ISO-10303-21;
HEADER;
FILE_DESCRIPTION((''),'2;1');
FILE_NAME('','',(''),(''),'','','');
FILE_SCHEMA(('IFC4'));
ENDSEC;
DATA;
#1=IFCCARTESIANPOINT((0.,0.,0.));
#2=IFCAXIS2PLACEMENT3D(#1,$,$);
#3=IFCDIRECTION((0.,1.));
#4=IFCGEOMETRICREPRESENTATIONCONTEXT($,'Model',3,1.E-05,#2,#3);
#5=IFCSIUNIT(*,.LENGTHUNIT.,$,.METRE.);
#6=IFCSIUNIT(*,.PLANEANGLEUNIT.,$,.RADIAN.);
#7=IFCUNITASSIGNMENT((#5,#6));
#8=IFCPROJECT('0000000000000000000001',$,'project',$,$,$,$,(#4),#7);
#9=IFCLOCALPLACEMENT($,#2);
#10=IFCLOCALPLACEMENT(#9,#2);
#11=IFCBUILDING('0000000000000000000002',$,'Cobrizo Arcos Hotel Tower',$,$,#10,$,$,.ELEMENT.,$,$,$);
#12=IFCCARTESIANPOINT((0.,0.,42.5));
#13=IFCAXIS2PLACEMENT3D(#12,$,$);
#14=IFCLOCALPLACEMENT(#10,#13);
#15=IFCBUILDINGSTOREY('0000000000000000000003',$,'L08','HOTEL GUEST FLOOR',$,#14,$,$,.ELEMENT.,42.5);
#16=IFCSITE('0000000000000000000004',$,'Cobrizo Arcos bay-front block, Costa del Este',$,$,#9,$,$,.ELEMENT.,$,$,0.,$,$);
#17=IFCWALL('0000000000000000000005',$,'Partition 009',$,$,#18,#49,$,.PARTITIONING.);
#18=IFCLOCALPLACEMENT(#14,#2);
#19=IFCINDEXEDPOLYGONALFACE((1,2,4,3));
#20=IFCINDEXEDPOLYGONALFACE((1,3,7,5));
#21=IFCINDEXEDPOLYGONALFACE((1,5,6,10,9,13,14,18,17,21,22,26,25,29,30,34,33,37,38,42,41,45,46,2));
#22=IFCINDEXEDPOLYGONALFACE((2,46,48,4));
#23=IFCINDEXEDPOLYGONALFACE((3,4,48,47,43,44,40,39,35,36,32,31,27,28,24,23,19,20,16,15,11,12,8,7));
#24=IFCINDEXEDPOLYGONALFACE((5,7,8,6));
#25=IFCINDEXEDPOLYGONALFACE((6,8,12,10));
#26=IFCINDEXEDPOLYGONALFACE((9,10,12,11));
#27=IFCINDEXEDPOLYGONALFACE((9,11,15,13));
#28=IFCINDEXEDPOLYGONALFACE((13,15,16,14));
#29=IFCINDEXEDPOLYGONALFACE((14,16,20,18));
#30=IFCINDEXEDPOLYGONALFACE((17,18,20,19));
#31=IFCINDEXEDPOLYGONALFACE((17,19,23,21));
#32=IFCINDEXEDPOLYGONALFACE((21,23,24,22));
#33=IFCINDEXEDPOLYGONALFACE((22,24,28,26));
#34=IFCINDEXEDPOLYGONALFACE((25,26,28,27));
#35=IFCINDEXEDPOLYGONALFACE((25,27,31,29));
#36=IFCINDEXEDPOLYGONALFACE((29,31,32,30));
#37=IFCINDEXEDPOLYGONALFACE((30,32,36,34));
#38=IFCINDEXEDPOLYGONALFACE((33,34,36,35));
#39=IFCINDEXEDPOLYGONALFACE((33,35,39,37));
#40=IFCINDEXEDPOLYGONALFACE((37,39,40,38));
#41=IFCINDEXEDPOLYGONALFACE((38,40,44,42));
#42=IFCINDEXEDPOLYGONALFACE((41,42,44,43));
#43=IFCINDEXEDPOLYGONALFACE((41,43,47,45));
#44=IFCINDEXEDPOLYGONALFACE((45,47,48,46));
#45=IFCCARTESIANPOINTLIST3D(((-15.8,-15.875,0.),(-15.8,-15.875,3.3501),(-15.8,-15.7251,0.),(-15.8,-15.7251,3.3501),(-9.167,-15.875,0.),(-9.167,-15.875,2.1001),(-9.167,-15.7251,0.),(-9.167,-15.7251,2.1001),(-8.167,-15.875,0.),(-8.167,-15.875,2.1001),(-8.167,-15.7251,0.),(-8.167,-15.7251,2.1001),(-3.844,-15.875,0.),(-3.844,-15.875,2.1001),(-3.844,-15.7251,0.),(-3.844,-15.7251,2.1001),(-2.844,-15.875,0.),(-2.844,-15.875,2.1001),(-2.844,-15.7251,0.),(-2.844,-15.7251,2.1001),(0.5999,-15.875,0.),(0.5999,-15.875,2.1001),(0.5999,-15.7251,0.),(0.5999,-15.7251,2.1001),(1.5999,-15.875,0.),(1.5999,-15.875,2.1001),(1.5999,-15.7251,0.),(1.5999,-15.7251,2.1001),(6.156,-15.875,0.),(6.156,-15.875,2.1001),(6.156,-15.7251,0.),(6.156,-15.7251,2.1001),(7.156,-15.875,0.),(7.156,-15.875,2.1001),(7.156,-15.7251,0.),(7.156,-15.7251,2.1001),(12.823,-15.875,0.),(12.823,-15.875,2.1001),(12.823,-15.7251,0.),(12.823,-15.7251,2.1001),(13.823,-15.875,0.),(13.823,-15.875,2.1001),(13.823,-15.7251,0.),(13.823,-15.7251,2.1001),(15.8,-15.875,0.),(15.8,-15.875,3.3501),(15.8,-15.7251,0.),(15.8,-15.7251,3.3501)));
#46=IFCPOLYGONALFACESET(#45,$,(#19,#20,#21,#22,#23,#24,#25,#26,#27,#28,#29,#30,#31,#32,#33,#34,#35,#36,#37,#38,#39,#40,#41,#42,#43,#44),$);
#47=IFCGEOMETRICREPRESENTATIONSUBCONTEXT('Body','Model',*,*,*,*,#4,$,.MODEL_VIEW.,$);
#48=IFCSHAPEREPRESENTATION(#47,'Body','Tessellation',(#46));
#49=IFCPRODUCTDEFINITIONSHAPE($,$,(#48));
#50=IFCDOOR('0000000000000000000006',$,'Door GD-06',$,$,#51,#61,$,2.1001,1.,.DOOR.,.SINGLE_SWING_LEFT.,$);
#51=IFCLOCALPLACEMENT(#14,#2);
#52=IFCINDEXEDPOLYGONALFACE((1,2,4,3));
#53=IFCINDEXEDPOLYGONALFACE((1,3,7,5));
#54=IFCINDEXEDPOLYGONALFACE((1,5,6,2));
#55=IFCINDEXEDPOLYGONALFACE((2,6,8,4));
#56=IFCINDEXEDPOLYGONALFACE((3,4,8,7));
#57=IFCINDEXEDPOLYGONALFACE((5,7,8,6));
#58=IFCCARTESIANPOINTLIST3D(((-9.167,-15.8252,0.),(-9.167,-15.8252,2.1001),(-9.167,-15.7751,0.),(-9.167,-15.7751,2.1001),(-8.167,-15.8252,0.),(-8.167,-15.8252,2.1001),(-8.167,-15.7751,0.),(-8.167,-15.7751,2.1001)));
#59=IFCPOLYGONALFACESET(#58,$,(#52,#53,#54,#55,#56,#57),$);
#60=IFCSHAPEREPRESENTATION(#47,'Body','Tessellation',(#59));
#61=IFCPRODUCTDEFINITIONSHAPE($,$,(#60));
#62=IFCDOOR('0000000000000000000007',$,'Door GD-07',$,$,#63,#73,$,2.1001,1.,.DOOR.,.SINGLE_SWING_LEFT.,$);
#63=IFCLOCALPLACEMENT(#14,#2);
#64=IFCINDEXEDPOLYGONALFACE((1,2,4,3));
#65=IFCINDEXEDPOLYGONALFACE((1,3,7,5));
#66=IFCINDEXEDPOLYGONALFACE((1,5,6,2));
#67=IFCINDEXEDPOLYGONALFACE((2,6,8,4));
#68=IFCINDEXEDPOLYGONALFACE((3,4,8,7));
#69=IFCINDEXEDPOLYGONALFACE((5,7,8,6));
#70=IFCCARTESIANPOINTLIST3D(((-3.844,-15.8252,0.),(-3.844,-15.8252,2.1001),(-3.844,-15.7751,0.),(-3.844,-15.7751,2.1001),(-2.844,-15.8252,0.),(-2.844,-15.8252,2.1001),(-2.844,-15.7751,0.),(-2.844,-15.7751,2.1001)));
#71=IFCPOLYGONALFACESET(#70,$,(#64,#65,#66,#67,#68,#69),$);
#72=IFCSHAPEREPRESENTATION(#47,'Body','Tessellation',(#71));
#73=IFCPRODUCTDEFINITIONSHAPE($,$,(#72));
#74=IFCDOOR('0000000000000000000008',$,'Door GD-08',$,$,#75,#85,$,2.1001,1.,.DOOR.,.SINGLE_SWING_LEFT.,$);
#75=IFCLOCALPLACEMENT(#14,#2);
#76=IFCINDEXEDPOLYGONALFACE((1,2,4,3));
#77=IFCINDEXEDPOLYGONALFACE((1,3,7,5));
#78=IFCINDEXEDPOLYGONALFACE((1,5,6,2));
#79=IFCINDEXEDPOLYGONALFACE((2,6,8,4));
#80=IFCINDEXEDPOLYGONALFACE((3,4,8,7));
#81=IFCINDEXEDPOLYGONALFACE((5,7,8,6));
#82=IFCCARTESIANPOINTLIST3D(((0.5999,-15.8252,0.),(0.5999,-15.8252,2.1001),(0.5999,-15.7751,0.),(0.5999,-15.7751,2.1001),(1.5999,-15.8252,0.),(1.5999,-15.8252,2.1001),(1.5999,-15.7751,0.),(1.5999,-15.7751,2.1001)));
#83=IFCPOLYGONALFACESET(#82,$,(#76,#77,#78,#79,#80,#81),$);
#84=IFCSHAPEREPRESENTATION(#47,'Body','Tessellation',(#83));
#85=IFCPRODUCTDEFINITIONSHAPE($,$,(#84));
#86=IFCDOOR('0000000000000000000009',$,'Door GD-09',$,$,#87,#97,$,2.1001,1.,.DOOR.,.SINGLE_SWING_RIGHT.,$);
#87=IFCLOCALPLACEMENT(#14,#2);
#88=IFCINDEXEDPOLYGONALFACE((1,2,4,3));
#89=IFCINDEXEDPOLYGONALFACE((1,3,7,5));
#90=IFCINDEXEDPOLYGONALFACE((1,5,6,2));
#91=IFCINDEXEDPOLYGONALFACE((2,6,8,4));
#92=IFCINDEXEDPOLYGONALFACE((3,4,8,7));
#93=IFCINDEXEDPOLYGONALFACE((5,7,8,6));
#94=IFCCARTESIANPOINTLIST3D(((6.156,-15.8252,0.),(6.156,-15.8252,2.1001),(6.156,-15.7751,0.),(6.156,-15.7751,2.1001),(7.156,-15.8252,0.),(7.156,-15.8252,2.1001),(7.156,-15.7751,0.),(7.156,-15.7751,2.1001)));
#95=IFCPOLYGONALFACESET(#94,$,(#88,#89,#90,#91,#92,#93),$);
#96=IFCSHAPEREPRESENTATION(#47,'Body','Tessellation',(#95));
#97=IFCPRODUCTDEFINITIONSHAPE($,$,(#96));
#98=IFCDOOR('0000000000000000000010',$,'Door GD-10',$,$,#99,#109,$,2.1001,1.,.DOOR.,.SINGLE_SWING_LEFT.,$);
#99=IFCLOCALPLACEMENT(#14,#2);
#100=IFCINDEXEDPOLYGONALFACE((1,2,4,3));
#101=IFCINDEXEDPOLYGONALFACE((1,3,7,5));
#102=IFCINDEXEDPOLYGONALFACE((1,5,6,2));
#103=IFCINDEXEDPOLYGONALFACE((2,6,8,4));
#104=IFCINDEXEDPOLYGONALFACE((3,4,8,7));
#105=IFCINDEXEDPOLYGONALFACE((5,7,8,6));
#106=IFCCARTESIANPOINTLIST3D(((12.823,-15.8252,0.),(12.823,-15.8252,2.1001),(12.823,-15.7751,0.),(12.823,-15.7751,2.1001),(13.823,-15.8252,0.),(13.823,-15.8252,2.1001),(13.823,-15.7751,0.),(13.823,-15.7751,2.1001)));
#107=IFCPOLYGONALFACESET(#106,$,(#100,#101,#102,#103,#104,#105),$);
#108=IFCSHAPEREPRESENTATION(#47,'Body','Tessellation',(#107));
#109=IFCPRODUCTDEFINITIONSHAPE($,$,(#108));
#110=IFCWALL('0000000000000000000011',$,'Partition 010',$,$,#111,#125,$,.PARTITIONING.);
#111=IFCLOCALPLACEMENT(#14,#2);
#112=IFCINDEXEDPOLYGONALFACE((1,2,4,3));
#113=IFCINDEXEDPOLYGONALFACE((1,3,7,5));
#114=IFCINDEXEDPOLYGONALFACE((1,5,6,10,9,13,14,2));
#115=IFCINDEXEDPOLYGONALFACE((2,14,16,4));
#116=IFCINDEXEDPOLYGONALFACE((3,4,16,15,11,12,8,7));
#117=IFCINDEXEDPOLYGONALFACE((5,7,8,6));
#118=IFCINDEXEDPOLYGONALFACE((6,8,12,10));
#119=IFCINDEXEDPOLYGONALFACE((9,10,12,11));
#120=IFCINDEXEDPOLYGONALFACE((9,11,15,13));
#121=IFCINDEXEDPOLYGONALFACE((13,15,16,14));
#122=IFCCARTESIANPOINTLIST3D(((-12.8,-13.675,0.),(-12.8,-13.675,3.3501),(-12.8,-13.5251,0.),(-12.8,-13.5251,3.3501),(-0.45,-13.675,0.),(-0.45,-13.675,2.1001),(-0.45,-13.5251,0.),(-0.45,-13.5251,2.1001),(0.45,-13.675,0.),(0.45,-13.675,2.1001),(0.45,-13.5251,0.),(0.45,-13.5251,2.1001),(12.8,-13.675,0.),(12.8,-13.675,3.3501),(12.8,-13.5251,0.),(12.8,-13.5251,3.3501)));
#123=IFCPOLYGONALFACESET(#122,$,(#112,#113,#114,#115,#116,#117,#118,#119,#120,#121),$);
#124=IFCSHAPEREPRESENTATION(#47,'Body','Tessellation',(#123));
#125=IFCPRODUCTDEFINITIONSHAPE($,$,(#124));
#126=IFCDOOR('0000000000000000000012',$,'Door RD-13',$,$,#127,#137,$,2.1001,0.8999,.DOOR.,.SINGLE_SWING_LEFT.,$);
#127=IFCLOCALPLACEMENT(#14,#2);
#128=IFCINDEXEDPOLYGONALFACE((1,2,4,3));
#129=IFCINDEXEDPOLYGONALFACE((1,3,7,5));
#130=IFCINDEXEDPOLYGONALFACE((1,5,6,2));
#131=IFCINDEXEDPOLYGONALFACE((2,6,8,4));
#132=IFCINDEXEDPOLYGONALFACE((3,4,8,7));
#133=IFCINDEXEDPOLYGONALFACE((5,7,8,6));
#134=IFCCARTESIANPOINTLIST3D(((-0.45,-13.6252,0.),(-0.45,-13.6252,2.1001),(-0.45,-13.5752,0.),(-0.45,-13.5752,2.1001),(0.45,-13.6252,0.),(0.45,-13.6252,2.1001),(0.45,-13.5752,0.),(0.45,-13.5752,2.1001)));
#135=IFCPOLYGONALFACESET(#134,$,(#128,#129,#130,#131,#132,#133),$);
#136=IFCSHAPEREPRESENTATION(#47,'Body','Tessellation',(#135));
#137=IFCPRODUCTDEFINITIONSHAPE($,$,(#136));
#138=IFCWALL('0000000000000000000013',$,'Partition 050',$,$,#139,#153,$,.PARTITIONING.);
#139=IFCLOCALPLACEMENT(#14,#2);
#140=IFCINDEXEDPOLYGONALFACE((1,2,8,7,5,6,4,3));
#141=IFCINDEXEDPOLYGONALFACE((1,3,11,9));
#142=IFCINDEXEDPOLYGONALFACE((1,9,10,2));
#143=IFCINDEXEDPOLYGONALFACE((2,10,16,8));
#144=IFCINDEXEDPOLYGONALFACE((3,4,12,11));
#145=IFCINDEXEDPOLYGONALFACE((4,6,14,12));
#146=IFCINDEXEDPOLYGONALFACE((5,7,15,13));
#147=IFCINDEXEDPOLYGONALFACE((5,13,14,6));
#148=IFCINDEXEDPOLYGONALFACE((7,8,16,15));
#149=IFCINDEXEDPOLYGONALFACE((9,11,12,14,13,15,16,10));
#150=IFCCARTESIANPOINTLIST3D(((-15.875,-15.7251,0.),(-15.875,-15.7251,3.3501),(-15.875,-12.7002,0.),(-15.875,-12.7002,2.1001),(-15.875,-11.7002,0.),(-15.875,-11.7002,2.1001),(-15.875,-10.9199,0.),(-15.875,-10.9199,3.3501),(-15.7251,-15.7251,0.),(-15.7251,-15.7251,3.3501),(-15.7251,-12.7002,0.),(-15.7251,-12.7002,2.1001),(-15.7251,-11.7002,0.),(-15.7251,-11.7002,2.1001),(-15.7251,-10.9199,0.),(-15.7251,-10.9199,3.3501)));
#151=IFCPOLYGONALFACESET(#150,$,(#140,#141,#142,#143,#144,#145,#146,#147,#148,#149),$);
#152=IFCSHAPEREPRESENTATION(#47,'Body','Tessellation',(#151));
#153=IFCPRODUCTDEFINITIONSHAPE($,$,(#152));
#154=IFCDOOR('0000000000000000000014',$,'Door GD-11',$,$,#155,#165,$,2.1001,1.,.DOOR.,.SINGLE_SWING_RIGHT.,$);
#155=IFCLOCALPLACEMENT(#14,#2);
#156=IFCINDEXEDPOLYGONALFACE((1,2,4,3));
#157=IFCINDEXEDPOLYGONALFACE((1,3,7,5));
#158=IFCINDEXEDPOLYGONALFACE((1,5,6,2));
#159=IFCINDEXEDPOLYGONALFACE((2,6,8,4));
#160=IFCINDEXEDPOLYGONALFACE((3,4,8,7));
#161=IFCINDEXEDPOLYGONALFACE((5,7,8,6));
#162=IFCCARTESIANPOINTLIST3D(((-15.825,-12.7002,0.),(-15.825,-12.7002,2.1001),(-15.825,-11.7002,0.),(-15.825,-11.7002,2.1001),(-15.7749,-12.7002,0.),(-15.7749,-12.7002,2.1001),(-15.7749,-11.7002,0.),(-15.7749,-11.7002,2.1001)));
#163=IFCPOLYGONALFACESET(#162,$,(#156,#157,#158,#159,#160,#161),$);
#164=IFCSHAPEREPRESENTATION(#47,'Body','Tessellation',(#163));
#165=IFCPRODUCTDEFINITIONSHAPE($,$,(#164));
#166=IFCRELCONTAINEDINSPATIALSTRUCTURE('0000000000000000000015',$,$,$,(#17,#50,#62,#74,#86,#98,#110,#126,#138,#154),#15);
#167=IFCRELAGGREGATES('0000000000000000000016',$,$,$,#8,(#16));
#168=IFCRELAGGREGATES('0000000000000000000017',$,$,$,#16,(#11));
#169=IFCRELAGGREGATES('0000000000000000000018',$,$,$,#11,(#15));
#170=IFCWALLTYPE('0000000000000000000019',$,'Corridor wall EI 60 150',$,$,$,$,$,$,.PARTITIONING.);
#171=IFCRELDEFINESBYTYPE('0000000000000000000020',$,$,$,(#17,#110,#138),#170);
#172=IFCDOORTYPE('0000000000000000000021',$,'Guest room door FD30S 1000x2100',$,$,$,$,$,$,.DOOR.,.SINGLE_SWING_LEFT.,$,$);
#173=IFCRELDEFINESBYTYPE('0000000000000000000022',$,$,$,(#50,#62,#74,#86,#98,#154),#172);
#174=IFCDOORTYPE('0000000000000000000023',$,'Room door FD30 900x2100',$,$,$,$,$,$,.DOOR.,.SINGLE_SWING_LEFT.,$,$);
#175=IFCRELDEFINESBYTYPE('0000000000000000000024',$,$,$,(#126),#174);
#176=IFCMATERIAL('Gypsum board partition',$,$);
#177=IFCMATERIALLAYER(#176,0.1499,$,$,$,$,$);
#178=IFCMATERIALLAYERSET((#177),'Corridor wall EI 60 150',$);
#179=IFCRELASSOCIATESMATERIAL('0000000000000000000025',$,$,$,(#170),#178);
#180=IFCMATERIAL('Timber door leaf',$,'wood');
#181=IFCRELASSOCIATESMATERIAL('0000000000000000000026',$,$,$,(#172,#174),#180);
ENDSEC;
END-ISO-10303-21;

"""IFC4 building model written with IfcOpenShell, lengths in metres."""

from ifc_helpers import new_model, si_unit, direction, frame, frame_2d, origin, place, context, subcontext, project, spatial, rectangle, extrude, material, layer, layer_set, type_object, element, fill, save


model = new_model("IFC4")

# Units and contexts
model_context = context("Model", 3, precision=1e-05, world=origin(), true_north=direction((0.0, 1.0)))
body_context = subcontext(model_context, "Body", "Model", "MODEL_VIEW")
ifc_project = project(units=[si_unit("LENGTHUNIT", "METRE"), si_unit("PLANEANGLEUNIT", "RADIAN")], contexts=[model_context])

# Site, building, storey
site_placement = place(None, origin())
site = spatial("IfcSite", under=ifc_project, at=site_placement, Name="Cobrizo Arcos bay-front block, Costa del Este", CompositionType="ELEMENT", RefElevation=0.0)
building_placement = place(site_placement, origin())
building = spatial("IfcBuilding", under=site, at=building_placement, Name="Cobrizo Arcos Hotel Tower", CompositionType="ELEMENT")
storey_placement = place(building_placement, frame((0.0, 0.0, 42.5)))
storey = spatial("IfcBuildingStorey", under=building, at=storey_placement, Name="L08", Description="HOTEL GUEST FLOOR", CompositionType="ELEMENT", Elevation=42.5)

# Wall, openings, doors
ifc_material_1 = material(Name="Gypsum board partition")
ifc_layer_1 = layer(ifc_material_1, 0.1499)
ifc_layer_set_1 = layer_set([ifc_layer_1], Name="Corridor wall EI 60 150")
wall_type_1 = type_object("IfcWallType", Name="Corridor wall EI 60 150", PredefinedType="PARTITIONING", material=ifc_layer_set_1)
wall_1_placement = place(storey_placement, frame((-15.8, -15.8, 0.0), z_axis=(0.0, 0.0, 1.0), x_axis=(1.0, 0.0, 0.0)))
wall_1 = element("IfcWall", 1, at=wall_1_placement, inside=storey, type_object=wall_type_1, Name="Partition 009", PredefinedType="PARTITIONING", context=body_context, shape_type="SweptSolid", body=[
    extrude(rectangle(XDim=31.6001, YDim=0.1499, at=frame_2d((15.8, 0.0))), origin(), (0.0, 0.0, 1.0), 3.3501),
])
opening_1_placement = place(wall_1_placement, frame((6.6331, 0.0, 0.0)))
opening_1 = element("IfcOpeningElement", 2, at=opening_1_placement, cuts=wall_1, PredefinedType="OPENING", context=body_context, shape_type="SweptSolid", body=[
    extrude(rectangle(XDim=1.0, YDim=2.1001, at=frame_2d((0.5, 1.05))), frame((0.0, 0.0869, 0.0), z_axis=(0.0, -1.0, 0.0), x_axis=(1.0, 0.0, 0.0)), (0.0, 0.0, 1.0), 0.1738),
])
opening_2_placement = place(wall_1_placement, frame((11.9561, 0.0, 0.0)))
opening_2 = element("IfcOpeningElement", 3, at=opening_2_placement, cuts=wall_1, PredefinedType="OPENING", context=body_context, shape_type="SweptSolid", body=[
    extrude(rectangle(XDim=1.0, YDim=2.1001, at=frame_2d((0.5, 1.05))), frame((0.0, 0.0869, 0.0), z_axis=(0.0, -1.0, 0.0), x_axis=(1.0, 0.0, 0.0)), (0.0, 0.0, 1.0), 0.1738),
])
opening_3_placement = place(wall_1_placement, frame((16.3999, 0.0, 0.0)))
opening_3 = element("IfcOpeningElement", 4, at=opening_3_placement, cuts=wall_1, PredefinedType="OPENING", context=body_context, shape_type="SweptSolid", body=[
    extrude(rectangle(XDim=1.0, YDim=2.1001, at=frame_2d((0.5, 1.05))), frame((0.0, 0.0869, 0.0), z_axis=(0.0, -1.0, 0.0), x_axis=(1.0, 0.0, 0.0)), (0.0, 0.0, 1.0), 0.1738),
])
opening_4_placement = place(wall_1_placement, frame((21.9561, 0.0, 0.0)))
opening_4 = element("IfcOpeningElement", 5, at=opening_4_placement, cuts=wall_1, PredefinedType="OPENING", context=body_context, shape_type="SweptSolid", body=[
    extrude(rectangle(XDim=1.0, YDim=2.1001, at=frame_2d((0.5, 1.05))), frame((0.0, 0.0869, 0.0), z_axis=(0.0, -1.0, 0.0), x_axis=(1.0, 0.0, 0.0)), (0.0, 0.0, 1.0), 0.1738),
])
opening_5_placement = place(wall_1_placement, frame((28.623, 0.0, 0.0)))
opening_5 = element("IfcOpeningElement", 6, at=opening_5_placement, cuts=wall_1, PredefinedType="OPENING", context=body_context, shape_type="SweptSolid", body=[
    extrude(rectangle(XDim=1.0, YDim=2.1001, at=frame_2d((0.5, 1.05))), frame((0.0, 0.0869, 0.0), z_axis=(0.0, -1.0, 0.0), x_axis=(1.0, 0.0, 0.0)), (0.0, 0.0, 1.0), 0.1738),
])
ifc_material_2 = material(Name="Timber door leaf", Category="wood")
door_type_1 = type_object("IfcDoorType", Name="Guest room door FD30S 1000x2100", OperationType="SINGLE_SWING_LEFT", PredefinedType="DOOR", material=ifc_material_2)
door_1_placement = place(opening_1_placement, origin())
door_1 = element("IfcDoor", 7, at=door_1_placement, inside=storey, type_object=door_type_1, Name="Door GD-06", OperationType="SINGLE_SWING_LEFT", OverallHeight=2.1001, OverallWidth=1.0, PredefinedType="DOOR", context=body_context, shape_type="SweptSolid", body=[
    extrude(rectangle(XDim=1.0, YDim=2.1001, at=frame_2d((0.5, 1.05))), frame((0.0, 0.0249, 0.0), z_axis=(0.0, -1.0, 0.0), x_axis=(1.0, 0.0, 0.0)), (0.0, 0.0, 1.0), 0.05),
])
fill(opening_1, door_1)
door_2_placement = place(opening_2_placement, origin())
door_2 = element("IfcDoor", 8, at=door_2_placement, inside=storey, type_object=door_type_1, Name="Door GD-07", OperationType="SINGLE_SWING_LEFT", OverallHeight=2.1001, OverallWidth=1.0, PredefinedType="DOOR", context=body_context, shape_type="SweptSolid", body=[
    extrude(rectangle(XDim=1.0, YDim=2.1001, at=frame_2d((0.5, 1.05))), frame((0.0, 0.0249, 0.0), z_axis=(0.0, -1.0, 0.0), x_axis=(1.0, 0.0, 0.0)), (0.0, 0.0, 1.0), 0.05),
])
fill(opening_2, door_2)
door_3_placement = place(opening_3_placement, origin())
door_3 = element("IfcDoor", 9, at=door_3_placement, inside=storey, type_object=door_type_1, Name="Door GD-08", OperationType="SINGLE_SWING_LEFT", OverallHeight=2.1001, OverallWidth=1.0, PredefinedType="DOOR", context=body_context, shape_type="SweptSolid", body=[
    extrude(rectangle(XDim=1.0, YDim=2.1001, at=frame_2d((0.5, 1.05))), frame((0.0, 0.0249, 0.0), z_axis=(0.0, -1.0, 0.0), x_axis=(1.0, 0.0, 0.0)), (0.0, 0.0, 1.0), 0.05),
])
fill(opening_3, door_3)
door_4_placement = place(opening_4_placement, origin())
door_4 = element("IfcDoor", 10, at=door_4_placement, inside=storey, type_object=door_type_1, Name="Door GD-09", OperationType="SINGLE_SWING_RIGHT", OverallHeight=2.1001, OverallWidth=1.0, PredefinedType="DOOR", context=body_context, shape_type="SweptSolid", body=[
    extrude(rectangle(XDim=1.0, YDim=2.1001, at=frame_2d((0.5, 1.05))), frame((0.0, 0.0249, 0.0), z_axis=(0.0, -1.0, 0.0), x_axis=(1.0, 0.0, 0.0)), (0.0, 0.0, 1.0), 0.05),
])
fill(opening_4, door_4)
door_5_placement = place(opening_5_placement, origin())
door_5 = element("IfcDoor", 11, at=door_5_placement, inside=storey, type_object=door_type_1, Name="Door GD-10", OperationType="SINGLE_SWING_LEFT", OverallHeight=2.1001, OverallWidth=1.0, PredefinedType="DOOR", context=body_context, shape_type="SweptSolid", body=[
    extrude(rectangle(XDim=1.0, YDim=2.1001, at=frame_2d((0.5, 1.05))), frame((0.0, 0.0249, 0.0), z_axis=(0.0, -1.0, 0.0), x_axis=(1.0, 0.0, 0.0)), (0.0, 0.0, 1.0), 0.05),
])
fill(opening_5, door_5)

# Walls, openings, doors
wall_2_placement = place(storey_placement, frame((-12.8, -13.6001, 0.0), z_axis=(0.0, 0.0, 1.0), x_axis=(1.0, 0.0, 0.0)))
wall_2 = element("IfcWall", 12, at=wall_2_placement, inside=storey, type_object=wall_type_1, Name="Partition 010", PredefinedType="PARTITIONING", context=body_context, shape_type="SweptSolid", body=[
    extrude(rectangle(XDim=25.6001, YDim=0.1499, at=frame_2d((12.8, 0.0))), origin(), (0.0, 0.0, 1.0), 3.3501),
])
opening_6_placement = place(wall_2_placement, frame((12.3501, 0.0, 0.0)))
opening_6 = element("IfcOpeningElement", 13, at=opening_6_placement, cuts=wall_2, PredefinedType="OPENING", context=body_context, shape_type="SweptSolid", body=[
    extrude(rectangle(XDim=0.8999, YDim=2.1001, at=frame_2d((0.45, 1.05))), frame((0.0, 0.0869, 0.0), z_axis=(0.0, -1.0, 0.0), x_axis=(1.0, 0.0, 0.0)), (0.0, 0.0, 1.0), 0.1738),
])
door_type_2 = type_object("IfcDoorType", Name="Room door FD30 900x2100", OperationType="SINGLE_SWING_LEFT", PredefinedType="DOOR", material=ifc_material_2)
door_6_placement = place(opening_6_placement, origin())
door_6 = element("IfcDoor", 14, at=door_6_placement, inside=storey, type_object=door_type_2, Name="Door RD-13", OperationType="SINGLE_SWING_LEFT", OverallHeight=2.1001, OverallWidth=0.8999, PredefinedType="DOOR", context=body_context, shape_type="SweptSolid", body=[
    extrude(rectangle(XDim=0.8999, YDim=2.1001, at=frame_2d((0.45, 1.05))), frame((0.0, 0.0249, 0.0), z_axis=(0.0, -1.0, 0.0), x_axis=(1.0, 0.0, 0.0)), (0.0, 0.0, 1.0), 0.05),
])
fill(opening_6, door_6)
wall_3_placement = place(storey_placement, frame((-15.8, -15.7251, 0.0), z_axis=(0.0, 0.0, 1.0), x_axis=(0.0, 1.0, 0.0)))
wall_3 = element("IfcWall", 15, at=wall_3_placement, inside=storey, type_object=wall_type_1, Name="Partition 050", PredefinedType="PARTITIONING", context=body_context, shape_type="SweptSolid", body=[
    extrude(rectangle(XDim=4.8052, YDim=0.1499, at=frame_2d((2.4026, 0.0))), origin(), (0.0, 0.0, 1.0), 3.3501),
])
opening_7_placement = place(wall_3_placement, frame((3.0249, 0.0, 0.0)))
opening_7 = element("IfcOpeningElement", 16, at=opening_7_placement, cuts=wall_3, PredefinedType="OPENING", context=body_context, shape_type="SweptSolid", body=[
    extrude(rectangle(XDim=1.0, YDim=2.1001, at=frame_2d((0.5, 1.05))), frame((0.0, 0.0869, 0.0), z_axis=(0.0, -1.0, 0.0), x_axis=(1.0, 0.0, 0.0)), (0.0, 0.0, 1.0), 0.1738),
])
door_7_placement = place(opening_7_placement, origin())
door_7 = element("IfcDoor", 17, at=door_7_placement, inside=storey, type_object=door_type_1, Name="Door GD-11", OperationType="SINGLE_SWING_RIGHT", OverallHeight=2.1001, OverallWidth=1.0, PredefinedType="DOOR", context=body_context, shape_type="SweptSolid", body=[
    extrude(rectangle(XDim=1.0, YDim=2.1001, at=frame_2d((0.5, 1.05))), frame((0.0, 0.0249, 0.0), z_axis=(0.0, -1.0, 0.0), x_axis=(1.0, 0.0, 0.0)), (0.0, 0.0, 1.0), 0.05),
])
fill(opening_7, door_7)

save(model, "model.ifc")
